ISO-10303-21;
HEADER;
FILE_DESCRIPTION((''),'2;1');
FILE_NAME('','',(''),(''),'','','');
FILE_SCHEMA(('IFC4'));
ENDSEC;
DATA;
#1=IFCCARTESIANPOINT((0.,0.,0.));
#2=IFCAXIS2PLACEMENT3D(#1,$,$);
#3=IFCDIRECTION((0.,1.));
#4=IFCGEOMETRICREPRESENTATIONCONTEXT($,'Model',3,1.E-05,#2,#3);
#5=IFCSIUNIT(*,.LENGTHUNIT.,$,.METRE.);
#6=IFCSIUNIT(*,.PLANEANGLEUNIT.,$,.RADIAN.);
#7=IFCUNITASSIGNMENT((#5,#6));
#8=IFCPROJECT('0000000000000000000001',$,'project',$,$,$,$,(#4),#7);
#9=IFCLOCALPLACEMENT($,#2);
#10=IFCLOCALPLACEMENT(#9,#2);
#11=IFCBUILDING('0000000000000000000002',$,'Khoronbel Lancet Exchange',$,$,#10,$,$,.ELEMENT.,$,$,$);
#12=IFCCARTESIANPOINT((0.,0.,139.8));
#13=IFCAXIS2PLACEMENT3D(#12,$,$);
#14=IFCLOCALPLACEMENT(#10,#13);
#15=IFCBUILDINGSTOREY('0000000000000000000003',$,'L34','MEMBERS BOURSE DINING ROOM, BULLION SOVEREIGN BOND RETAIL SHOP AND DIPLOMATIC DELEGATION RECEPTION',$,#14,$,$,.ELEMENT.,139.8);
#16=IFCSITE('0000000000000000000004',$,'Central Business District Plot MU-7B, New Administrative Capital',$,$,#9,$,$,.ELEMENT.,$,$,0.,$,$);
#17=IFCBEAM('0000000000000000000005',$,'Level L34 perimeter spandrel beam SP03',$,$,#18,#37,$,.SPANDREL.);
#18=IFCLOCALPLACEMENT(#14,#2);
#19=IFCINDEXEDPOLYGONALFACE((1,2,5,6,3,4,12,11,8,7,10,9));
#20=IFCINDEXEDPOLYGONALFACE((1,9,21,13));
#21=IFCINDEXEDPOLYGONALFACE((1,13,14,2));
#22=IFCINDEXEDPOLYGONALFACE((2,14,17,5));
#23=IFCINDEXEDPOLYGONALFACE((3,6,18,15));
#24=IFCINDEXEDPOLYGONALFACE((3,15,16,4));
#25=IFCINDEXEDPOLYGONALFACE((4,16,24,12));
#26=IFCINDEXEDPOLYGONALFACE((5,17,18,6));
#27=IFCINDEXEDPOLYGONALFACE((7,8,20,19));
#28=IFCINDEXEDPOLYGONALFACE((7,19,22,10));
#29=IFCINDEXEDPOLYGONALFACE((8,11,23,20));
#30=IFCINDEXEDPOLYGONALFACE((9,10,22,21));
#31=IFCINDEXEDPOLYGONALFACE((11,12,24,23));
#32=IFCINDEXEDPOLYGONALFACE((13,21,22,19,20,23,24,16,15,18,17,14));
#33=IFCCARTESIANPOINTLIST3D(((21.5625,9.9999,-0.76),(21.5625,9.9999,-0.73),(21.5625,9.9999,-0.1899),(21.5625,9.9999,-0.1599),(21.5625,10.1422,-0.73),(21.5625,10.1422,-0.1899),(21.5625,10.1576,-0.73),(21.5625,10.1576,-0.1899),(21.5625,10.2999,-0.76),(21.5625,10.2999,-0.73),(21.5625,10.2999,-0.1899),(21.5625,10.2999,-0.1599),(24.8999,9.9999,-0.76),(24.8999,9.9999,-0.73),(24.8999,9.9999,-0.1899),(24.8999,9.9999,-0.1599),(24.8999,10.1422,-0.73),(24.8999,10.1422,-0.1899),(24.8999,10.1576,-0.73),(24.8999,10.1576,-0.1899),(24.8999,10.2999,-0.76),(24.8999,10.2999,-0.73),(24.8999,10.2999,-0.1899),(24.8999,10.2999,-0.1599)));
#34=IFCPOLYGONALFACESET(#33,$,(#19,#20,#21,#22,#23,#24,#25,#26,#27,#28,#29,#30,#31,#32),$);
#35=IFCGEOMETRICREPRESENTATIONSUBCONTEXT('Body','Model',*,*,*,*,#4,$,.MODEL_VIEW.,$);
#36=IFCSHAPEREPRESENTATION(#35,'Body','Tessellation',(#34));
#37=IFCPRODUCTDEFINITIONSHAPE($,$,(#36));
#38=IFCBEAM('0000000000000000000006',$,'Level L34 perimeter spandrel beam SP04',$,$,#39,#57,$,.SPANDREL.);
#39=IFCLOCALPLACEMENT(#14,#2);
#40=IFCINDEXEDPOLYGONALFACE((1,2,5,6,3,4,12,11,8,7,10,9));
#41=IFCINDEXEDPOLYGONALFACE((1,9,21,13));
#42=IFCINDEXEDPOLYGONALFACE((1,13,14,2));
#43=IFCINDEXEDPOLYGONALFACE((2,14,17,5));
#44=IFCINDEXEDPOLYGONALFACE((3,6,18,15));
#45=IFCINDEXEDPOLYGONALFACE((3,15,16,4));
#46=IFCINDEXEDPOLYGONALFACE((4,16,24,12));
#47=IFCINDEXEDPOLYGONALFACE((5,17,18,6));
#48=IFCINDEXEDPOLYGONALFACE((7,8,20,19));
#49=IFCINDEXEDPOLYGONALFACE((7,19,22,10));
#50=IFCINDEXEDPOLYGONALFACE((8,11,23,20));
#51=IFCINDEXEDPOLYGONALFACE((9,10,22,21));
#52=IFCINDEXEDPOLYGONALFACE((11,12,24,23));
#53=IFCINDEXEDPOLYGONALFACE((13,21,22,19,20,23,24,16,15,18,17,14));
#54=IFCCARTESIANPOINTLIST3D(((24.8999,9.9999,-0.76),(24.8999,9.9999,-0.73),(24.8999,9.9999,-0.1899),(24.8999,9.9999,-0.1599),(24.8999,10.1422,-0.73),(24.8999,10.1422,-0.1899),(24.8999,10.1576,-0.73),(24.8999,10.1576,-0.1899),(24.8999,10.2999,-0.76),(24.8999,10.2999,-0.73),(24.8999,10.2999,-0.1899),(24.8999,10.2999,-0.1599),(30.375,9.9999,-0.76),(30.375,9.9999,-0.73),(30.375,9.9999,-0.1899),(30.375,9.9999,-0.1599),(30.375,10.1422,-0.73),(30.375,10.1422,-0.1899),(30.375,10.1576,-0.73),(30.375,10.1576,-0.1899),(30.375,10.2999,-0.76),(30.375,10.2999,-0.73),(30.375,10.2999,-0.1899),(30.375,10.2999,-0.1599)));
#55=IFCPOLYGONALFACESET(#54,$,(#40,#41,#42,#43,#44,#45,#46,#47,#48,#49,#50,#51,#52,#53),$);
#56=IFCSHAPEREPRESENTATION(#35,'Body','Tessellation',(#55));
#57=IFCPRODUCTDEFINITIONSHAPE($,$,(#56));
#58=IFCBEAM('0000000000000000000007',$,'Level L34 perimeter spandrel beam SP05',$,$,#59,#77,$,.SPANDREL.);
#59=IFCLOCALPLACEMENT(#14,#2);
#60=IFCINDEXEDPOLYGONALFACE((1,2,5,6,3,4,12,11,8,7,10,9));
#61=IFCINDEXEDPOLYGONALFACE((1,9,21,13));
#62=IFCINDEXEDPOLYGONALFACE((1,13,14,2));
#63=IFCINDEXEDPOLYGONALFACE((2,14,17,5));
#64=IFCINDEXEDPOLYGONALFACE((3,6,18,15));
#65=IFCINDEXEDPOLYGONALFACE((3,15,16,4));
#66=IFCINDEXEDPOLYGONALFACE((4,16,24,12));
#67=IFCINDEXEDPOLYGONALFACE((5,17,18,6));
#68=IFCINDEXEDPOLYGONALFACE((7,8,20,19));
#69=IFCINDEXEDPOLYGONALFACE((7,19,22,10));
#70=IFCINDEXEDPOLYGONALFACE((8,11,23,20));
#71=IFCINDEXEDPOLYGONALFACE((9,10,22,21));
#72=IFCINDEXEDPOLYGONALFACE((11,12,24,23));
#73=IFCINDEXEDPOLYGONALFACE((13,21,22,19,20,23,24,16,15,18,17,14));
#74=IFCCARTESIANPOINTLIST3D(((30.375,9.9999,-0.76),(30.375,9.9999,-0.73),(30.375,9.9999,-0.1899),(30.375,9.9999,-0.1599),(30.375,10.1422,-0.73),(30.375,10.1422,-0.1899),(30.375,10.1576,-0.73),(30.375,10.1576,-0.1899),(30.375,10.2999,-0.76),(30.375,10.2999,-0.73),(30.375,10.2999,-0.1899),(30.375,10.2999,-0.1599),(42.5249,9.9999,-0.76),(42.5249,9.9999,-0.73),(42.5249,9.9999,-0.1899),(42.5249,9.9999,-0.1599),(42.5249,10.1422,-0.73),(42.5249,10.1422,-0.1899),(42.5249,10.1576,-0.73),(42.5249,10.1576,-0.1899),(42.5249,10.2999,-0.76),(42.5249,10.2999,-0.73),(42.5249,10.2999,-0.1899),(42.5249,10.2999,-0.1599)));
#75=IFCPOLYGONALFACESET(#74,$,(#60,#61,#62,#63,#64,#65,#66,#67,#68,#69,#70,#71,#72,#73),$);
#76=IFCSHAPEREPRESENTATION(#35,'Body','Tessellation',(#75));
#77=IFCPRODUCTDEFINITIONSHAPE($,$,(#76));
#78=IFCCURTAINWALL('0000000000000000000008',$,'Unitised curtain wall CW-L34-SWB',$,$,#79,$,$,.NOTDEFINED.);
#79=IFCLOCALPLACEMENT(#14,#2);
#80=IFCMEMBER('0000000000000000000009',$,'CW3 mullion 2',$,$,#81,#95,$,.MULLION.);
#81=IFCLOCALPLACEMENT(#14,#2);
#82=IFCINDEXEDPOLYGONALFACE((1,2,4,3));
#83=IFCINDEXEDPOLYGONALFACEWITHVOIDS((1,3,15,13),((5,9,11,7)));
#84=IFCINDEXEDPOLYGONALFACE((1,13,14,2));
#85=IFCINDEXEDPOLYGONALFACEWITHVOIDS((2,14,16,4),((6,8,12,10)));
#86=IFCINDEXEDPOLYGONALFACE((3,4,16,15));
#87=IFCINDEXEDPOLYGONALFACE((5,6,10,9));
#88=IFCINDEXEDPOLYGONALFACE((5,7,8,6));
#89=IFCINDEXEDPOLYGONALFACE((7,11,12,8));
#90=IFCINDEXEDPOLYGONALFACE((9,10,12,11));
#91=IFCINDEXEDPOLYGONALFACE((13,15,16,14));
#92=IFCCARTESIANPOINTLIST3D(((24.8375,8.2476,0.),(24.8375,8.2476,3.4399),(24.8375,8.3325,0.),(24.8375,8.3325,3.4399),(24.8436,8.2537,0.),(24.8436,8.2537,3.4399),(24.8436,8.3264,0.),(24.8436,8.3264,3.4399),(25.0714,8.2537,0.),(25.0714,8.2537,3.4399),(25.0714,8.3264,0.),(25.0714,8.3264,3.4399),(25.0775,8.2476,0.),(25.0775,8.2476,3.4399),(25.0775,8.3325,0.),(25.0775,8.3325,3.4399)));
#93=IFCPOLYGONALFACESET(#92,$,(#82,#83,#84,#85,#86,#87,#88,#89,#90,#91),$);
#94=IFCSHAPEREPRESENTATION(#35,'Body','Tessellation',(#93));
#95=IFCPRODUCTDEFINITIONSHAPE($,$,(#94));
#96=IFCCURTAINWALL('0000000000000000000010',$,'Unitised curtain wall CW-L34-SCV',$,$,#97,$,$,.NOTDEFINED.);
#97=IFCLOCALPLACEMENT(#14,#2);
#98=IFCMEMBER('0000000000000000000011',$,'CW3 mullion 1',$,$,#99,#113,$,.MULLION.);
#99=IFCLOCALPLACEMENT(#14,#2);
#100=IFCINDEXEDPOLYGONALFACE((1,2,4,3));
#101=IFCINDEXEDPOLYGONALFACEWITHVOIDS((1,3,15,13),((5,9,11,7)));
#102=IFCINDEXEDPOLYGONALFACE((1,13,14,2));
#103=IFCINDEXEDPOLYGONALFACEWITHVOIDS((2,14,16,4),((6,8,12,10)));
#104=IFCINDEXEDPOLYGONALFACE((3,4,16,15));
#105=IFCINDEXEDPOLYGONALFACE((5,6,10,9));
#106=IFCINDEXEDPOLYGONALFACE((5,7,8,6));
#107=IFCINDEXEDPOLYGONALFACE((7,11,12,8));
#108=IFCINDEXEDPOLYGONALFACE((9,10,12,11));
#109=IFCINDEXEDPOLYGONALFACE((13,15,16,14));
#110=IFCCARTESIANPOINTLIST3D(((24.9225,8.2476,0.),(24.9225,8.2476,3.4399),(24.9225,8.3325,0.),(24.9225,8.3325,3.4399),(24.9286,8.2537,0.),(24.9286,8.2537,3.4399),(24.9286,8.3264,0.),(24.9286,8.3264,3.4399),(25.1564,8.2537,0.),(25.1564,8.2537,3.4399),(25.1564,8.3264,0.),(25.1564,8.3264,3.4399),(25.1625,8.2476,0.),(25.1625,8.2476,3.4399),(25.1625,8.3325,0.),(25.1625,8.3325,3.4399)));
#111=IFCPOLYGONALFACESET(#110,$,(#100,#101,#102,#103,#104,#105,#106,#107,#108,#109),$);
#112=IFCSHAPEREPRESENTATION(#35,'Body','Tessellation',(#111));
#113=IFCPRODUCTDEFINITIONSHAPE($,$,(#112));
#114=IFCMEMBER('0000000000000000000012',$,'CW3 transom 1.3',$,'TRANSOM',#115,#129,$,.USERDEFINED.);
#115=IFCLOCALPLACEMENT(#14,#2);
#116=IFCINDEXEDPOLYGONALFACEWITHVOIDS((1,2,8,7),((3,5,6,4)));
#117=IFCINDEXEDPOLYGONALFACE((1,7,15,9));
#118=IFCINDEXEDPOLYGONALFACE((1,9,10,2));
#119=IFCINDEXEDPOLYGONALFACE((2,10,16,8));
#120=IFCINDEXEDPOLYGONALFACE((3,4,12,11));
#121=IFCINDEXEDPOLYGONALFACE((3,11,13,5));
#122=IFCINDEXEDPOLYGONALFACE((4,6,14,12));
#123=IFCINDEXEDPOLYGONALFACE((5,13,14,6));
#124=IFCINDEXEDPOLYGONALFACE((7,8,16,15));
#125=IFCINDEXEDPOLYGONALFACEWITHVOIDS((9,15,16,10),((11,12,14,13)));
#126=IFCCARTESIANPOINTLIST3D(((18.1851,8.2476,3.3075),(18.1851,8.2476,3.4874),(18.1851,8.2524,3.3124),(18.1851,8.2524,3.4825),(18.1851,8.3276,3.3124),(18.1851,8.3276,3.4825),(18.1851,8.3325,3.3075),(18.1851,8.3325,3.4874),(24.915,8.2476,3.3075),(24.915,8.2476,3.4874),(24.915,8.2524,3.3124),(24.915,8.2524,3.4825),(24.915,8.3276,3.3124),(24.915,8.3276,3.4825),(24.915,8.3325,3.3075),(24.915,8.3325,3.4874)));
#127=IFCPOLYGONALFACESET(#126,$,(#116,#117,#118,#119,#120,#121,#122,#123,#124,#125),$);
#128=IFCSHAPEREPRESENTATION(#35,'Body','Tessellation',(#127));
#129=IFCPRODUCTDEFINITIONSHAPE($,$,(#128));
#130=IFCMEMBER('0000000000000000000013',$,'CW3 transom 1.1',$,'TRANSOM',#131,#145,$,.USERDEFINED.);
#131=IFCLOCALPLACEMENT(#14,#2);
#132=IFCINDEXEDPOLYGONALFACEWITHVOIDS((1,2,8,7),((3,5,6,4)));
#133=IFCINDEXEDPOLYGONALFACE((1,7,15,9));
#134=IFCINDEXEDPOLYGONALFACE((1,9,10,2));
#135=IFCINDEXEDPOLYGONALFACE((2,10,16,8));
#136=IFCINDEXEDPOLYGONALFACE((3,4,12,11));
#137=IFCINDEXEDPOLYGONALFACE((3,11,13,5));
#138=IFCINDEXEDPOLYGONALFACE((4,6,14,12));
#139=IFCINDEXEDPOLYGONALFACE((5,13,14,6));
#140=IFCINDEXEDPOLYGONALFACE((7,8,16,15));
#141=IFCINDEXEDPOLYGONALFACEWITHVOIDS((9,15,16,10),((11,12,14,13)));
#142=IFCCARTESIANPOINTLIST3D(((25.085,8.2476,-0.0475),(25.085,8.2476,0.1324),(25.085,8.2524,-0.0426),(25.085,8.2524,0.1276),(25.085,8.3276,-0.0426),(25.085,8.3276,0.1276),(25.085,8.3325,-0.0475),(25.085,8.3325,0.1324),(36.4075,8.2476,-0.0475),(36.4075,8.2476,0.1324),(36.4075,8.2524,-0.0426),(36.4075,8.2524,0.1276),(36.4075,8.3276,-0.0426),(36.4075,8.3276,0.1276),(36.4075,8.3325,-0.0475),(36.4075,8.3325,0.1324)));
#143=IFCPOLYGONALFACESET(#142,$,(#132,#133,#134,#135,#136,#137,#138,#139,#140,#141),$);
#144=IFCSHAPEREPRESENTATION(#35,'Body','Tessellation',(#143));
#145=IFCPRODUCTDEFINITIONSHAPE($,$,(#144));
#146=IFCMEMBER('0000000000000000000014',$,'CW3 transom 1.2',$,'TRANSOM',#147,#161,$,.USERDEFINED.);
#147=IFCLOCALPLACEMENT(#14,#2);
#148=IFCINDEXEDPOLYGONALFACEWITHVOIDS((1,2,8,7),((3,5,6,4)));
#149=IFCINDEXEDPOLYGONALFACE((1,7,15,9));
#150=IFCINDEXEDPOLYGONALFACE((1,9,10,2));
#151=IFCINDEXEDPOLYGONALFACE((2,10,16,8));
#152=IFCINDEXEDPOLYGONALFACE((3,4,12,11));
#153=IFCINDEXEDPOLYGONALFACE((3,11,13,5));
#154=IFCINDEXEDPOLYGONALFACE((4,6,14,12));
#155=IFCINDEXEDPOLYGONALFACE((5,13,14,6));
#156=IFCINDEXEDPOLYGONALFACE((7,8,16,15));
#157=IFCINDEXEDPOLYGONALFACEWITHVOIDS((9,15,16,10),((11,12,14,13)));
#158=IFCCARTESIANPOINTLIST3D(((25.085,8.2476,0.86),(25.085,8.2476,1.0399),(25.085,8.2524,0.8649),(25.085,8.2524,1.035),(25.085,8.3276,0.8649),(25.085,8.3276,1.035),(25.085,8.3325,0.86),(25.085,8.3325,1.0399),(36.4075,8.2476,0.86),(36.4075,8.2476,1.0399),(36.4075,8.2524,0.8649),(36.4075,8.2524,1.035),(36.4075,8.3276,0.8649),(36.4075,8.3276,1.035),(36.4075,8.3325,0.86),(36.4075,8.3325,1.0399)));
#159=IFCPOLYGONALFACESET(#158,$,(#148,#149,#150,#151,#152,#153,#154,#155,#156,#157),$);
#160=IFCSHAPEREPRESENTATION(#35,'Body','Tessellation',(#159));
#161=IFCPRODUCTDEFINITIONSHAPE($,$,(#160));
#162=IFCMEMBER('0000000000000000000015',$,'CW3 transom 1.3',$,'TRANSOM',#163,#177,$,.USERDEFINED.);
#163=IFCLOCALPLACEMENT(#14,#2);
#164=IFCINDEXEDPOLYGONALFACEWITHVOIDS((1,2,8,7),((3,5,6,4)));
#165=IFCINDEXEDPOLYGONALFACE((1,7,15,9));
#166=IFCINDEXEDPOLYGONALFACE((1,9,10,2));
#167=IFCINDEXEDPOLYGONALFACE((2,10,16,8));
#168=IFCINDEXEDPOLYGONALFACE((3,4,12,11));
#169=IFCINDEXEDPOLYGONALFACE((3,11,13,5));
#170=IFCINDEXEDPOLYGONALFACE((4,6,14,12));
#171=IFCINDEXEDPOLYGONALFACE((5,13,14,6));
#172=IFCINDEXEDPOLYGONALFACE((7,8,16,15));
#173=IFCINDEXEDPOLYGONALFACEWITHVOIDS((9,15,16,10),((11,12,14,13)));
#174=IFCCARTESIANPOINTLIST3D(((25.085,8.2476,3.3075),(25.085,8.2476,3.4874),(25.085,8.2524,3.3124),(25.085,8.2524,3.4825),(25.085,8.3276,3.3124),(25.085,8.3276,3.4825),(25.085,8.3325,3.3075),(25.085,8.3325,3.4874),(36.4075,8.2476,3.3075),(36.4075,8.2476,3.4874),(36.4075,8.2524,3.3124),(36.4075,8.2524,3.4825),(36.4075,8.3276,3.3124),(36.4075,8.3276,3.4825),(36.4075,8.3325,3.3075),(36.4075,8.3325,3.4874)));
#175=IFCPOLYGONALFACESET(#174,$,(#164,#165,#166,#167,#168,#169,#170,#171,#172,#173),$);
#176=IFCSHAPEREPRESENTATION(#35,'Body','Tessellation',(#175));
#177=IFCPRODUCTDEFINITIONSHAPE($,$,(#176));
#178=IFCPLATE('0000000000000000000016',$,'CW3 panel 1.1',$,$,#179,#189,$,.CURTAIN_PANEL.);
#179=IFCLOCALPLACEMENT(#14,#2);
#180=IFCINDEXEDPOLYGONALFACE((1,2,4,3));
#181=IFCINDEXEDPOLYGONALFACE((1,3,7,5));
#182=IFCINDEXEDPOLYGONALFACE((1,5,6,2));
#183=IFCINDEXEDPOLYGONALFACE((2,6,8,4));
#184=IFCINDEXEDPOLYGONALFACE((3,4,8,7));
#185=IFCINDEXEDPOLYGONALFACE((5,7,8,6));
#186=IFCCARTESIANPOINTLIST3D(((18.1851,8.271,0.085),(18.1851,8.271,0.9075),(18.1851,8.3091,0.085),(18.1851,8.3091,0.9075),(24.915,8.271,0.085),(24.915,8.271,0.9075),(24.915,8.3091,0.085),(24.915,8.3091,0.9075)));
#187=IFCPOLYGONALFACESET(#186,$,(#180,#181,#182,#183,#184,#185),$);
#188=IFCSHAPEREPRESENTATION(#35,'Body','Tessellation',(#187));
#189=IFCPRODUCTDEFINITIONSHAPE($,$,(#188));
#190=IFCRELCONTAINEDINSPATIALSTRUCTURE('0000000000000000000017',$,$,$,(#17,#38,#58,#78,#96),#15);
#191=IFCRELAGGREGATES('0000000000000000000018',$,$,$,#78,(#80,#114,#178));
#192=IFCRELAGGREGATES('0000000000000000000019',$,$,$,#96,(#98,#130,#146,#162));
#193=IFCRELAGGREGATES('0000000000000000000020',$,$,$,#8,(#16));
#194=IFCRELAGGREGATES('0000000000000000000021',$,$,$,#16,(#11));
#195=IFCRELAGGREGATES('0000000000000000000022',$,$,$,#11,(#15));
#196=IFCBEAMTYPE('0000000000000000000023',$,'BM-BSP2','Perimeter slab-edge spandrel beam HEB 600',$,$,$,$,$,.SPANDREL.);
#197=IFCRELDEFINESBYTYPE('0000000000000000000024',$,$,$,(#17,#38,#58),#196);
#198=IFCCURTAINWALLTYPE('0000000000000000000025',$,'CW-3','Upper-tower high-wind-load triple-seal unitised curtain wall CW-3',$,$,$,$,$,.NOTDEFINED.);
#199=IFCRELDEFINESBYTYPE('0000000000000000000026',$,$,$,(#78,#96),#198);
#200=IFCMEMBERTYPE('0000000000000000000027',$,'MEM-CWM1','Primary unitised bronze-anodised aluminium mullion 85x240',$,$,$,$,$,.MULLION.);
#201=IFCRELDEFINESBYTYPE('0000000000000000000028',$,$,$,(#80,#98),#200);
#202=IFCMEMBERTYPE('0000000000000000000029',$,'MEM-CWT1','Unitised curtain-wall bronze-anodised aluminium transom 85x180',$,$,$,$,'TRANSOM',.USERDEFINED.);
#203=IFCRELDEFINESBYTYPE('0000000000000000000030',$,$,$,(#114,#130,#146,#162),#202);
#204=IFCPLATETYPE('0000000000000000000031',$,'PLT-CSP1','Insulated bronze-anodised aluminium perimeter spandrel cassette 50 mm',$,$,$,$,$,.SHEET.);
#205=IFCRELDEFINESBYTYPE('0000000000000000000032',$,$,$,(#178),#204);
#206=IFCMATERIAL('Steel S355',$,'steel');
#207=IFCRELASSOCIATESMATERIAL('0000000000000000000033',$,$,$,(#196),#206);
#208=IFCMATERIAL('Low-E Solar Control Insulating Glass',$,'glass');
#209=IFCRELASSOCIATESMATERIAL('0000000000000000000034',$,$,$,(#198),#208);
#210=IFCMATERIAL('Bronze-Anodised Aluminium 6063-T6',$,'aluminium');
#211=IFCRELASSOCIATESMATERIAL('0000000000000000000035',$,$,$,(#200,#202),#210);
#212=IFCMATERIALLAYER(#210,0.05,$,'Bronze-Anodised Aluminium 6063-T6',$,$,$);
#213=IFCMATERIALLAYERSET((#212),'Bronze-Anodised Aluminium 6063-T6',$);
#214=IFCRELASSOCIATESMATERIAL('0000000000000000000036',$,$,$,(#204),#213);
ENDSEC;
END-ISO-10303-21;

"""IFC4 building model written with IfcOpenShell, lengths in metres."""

from ifc_helpers import new_model, si_unit, direction, frame, origin, origin_2d, place, context, subcontext, project, spatial, rectangle, hollow_rectangle, i_section, extrude, material, layer, layer_set, material_profile, profile_set, type_object, element, aggregate, save


model = new_model("IFC4")

# Units and contexts
model_context = context("Model", 3, precision=1e-05, world=origin(), true_north=direction((0.0, 1.0)))
body_context = subcontext(model_context, "Body", "Model", "MODEL_VIEW")
ifc_project = project(units=[si_unit("LENGTHUNIT", "METRE"), si_unit("PLANEANGLEUNIT", "RADIAN")], contexts=[model_context])

# Site, building, storey
site_placement = place(None, origin())
site = spatial("IfcSite", under=ifc_project, at=site_placement, Name="Central Business District Plot MU-7B, New Administrative Capital", CompositionType="ELEMENT", RefElevation=0.0)
building_placement = place(site_placement, origin())
building = spatial("IfcBuilding", under=site, at=building_placement, Name="Khoronbel Lancet Exchange", CompositionType="ELEMENT")
storey_placement = place(building_placement, frame((0.0, 0.0, 139.8)))
storey = spatial("IfcBuildingStorey", under=building, at=storey_placement, Name="L34", Description="MEMBERS BOURSE DINING ROOM, BULLION SOVEREIGN BOND RETAIL SHOP AND DIPLOMATIC DELEGATION RECEPTION", CompositionType="ELEMENT", Elevation=139.8)

# Beams
ifc_material_1 = material(Name="Steel S355", Category="steel")
ifc_material_profile_1 = material_profile(ifc_material_1, i_section(OverallWidth=0.3, OverallDepth=0.6001, WebThickness=0.0154, FlangeThickness=0.03, at=origin_2d()), Name="HEB 600")
ifc_profile_set_1 = profile_set([ifc_material_profile_1], Name="Steel S355")
beam_type_1 = type_object("IfcBeamType", Name="BM-BSP2", Description="Perimeter slab-edge spandrel beam HEB 600", PredefinedType="SPANDREL", material=ifc_profile_set_1)
for number, where, z_axis, x_axis, name in (
    (1, (21.5625, 10.1499, -0.46), (1.0, 0.0, 0.0), (0.0, 1.0, 0.0), "Level L34 perimeter spandrel beam SP03"),
):
    element("IfcBeam", number, at=place(storey_placement, frame(where, z_axis=z_axis, x_axis=x_axis)), inside=storey, type_object=beam_type_1, Name=name, PredefinedType="SPANDREL", context=body_context, shape_type="SweptSolid", body=[
        extrude(i_section(OverallWidth=0.3, OverallDepth=0.6001, WebThickness=0.0154, FlangeThickness=0.03, at=origin_2d()), origin(), (0.0, 0.0, 1.0), 3.3374),
    ])
beam_1_placement = place(storey_placement, frame((24.8999, 10.1499, -0.46), z_axis=(1.0, 0.0, 0.0), x_axis=(0.0, 1.0, 0.0)))
element("IfcBeam", 2, at=beam_1_placement, inside=storey, type_object=beam_type_1, Name="Level L34 perimeter spandrel beam SP04", PredefinedType="SPANDREL", context=body_context, shape_type="SweptSolid", body=[
    extrude(i_section(OverallWidth=0.3, OverallDepth=0.6001, WebThickness=0.0154, FlangeThickness=0.03, at=origin_2d()), origin(), (0.0, 0.0, 1.0), 5.4751),
])
beam_2_placement = place(storey_placement, frame((30.375, 10.1499, -0.46), z_axis=(1.0, 0.0, 0.0), x_axis=(0.0, 1.0, 0.0)))
element("IfcBeam", 3, at=beam_2_placement, inside=storey, type_object=beam_type_1, Name="Level L34 perimeter spandrel beam SP05", PredefinedType="SPANDREL", context=body_context, shape_type="SweptSolid", body=[
    extrude(i_section(OverallWidth=0.3, OverallDepth=0.6001, WebThickness=0.0154, FlangeThickness=0.03, at=origin_2d()), origin(), (0.0, 0.0, 1.0), 12.1499),
])

# Curtain walls, members
ifc_material_2 = material(Name="Low-E Solar Control Insulating Glass", Category="glass")
curtain_wall_type = type_object("IfcCurtainWallType", Name="CW-3", Description="Upper-tower high-wind-load triple-seal unitised curtain wall CW-3", PredefinedType="NOTDEFINED", material=ifc_material_2)
curtain_wall_1_placement = place(storey_placement, origin())
curtain_wall_1 = element("IfcCurtainWall", 4, at=curtain_wall_1_placement, inside=storey, type_object=curtain_wall_type, Name="Unitised curtain wall CW-L34-SWB", PredefinedType="NOTDEFINED")
ifc_material_3 = material(Name="Bronze-Anodised Aluminium 6063-T6", Category="aluminium")
ifc_material_profile_2 = material_profile(ifc_material_3, hollow_rectangle(XDim=0.085, YDim=0.24, WallThickness=0.0061, at=origin_2d()), Name="ALU MULLION 85x240")
ifc_profile_set_2 = profile_set([ifc_material_profile_2], Name="Bronze-Anodised Aluminium 6063-T6")
member_type_1 = type_object("IfcMemberType", Name="MEM-CWM1", Description="Primary unitised bronze-anodised aluminium mullion 85x240", PredefinedType="MULLION", material=ifc_profile_set_2)
member_1_placement = place(storey_placement, frame((24.9575, 8.29, 0.0), z_axis=(0.0, 0.0, 1.0), x_axis=(0.0, 1.0, 0.0)))
member_1 = element("IfcMember", 5, at=member_1_placement, type_object=member_type_1, Name="CW3 mullion 2", PredefinedType="MULLION", context=body_context, shape_type="SweptSolid", body=[
    extrude(hollow_rectangle(XDim=0.085, YDim=0.24, WallThickness=0.0061, at=origin_2d()), origin(), (0.0, 0.0, 1.0), 3.4399),
])
curtain_wall_2_placement = place(storey_placement, origin())
curtain_wall_2 = element("IfcCurtainWall", 6, at=curtain_wall_2_placement, inside=storey, type_object=curtain_wall_type, Name="Unitised curtain wall CW-L34-SCV", PredefinedType="NOTDEFINED")
member_2_placement = place(storey_placement, frame((25.0425, 8.29, 0.0), z_axis=(0.0, 0.0, 1.0), x_axis=(0.0, 1.0, 0.0)))
member_2 = element("IfcMember", 7, at=member_2_placement, type_object=member_type_1, Name="CW3 mullion 1", PredefinedType="MULLION", context=body_context, shape_type="SweptSolid", body=[
    extrude(hollow_rectangle(XDim=0.085, YDim=0.24, WallThickness=0.0061, at=origin_2d()), origin(), (0.0, 0.0, 1.0), 3.4399),
])

# Members
ifc_material_profile_3 = material_profile(ifc_material_3, hollow_rectangle(XDim=0.085, YDim=0.1799, WallThickness=0.0049, at=origin_2d()), Name="ALU TRANSOM 85x180")
ifc_profile_set_3 = profile_set([ifc_material_profile_3], Name="Bronze-Anodised Aluminium 6063-T6")
member_type_2 = type_object("IfcMemberType", Name="MEM-CWT1", Description="Unitised curtain-wall bronze-anodised aluminium transom 85x180", ElementType="TRANSOM", PredefinedType="USERDEFINED", material=ifc_profile_set_3)
member_3_placement = place(storey_placement, frame((18.1851, 8.29, 3.3975), z_axis=(1.0, 0.0, 0.0), x_axis=(0.0, 1.0, 0.0)))
member_3 = element("IfcMember", 8, at=member_3_placement, type_object=member_type_2, Name="CW3 transom 1.3", ObjectType="TRANSOM", PredefinedType="USERDEFINED", context=body_context, shape_type="SweptSolid", body=[
    extrude(hollow_rectangle(XDim=0.085, YDim=0.1799, WallThickness=0.0049, at=origin_2d()), origin(), (0.0, 0.0, 1.0), 6.73),
])
member_4_placement = place(storey_placement, frame((25.085, 8.29, 0.0425), z_axis=(1.0, 0.0, 0.0), x_axis=(0.0, 1.0, 0.0)))
member_4 = element("IfcMember", 9, at=member_4_placement, type_object=member_type_2, Name="CW3 transom 1.1", ObjectType="TRANSOM", PredefinedType="USERDEFINED", context=body_context, shape_type="SweptSolid", body=[
    extrude(hollow_rectangle(XDim=0.085, YDim=0.1799, WallThickness=0.0049, at=origin_2d()), origin(), (0.0, 0.0, 1.0), 11.3225),
])
member_5_placement = place(storey_placement, frame((25.085, 8.29, 0.95), z_axis=(1.0, 0.0, 0.0), x_axis=(0.0, 1.0, 0.0)))
member_5 = element("IfcMember", 10, at=member_5_placement, type_object=member_type_2, Name="CW3 transom 1.2", ObjectType="TRANSOM", PredefinedType="USERDEFINED", context=body_context, shape_type="SweptSolid", body=[
    extrude(hollow_rectangle(XDim=0.085, YDim=0.1799, WallThickness=0.0049, at=origin_2d()), origin(), (0.0, 0.0, 1.0), 11.3225),
])
member_6_placement = place(storey_placement, frame((25.085, 8.29, 3.3975), z_axis=(1.0, 0.0, 0.0), x_axis=(0.0, 1.0, 0.0)))
member_6 = element("IfcMember", 11, at=member_6_placement, type_object=member_type_2, Name="CW3 transom 1.3", ObjectType="TRANSOM", PredefinedType="USERDEFINED", context=body_context, shape_type="SweptSolid", body=[
    extrude(hollow_rectangle(XDim=0.085, YDim=0.1799, WallThickness=0.0049, at=origin_2d()), origin(), (0.0, 0.0, 1.0), 11.3225),
])

# Plate
ifc_layer_1 = layer(ifc_material_3, 0.05, Name="Bronze-Anodised Aluminium 6063-T6")
ifc_layer_set_1 = layer_set([ifc_layer_1], Name="Bronze-Anodised Aluminium 6063-T6")
plate_type_1 = type_object("IfcPlateType", Name="PLT-CSP1", Description="Insulated bronze-anodised aluminium perimeter spandrel cassette 50 mm", PredefinedType="SHEET", material=ifc_layer_set_1)
plate_1_placement = place(storey_placement, frame((21.55, 8.29, 0.085), z_axis=(0.0, 0.0, 1.0), x_axis=(1.0, 0.0, 0.0)))
plate_1 = element("IfcPlate", 12, at=plate_1_placement, type_object=plate_type_1, Name="CW3 panel 1.1", PredefinedType="CURTAIN_PANEL", context=body_context, shape_type="SweptSolid", body=[
    extrude(rectangle(XDim=6.73, YDim=0.0381, at=origin_2d()), origin(), (0.0, 0.0, 1.0), 0.8225),
])
aggregate(curtain_wall_1, [member_1, member_3, plate_1])
aggregate(curtain_wall_2, [member_2, member_4, member_5, member_6])

save(model, "model.ifc")
